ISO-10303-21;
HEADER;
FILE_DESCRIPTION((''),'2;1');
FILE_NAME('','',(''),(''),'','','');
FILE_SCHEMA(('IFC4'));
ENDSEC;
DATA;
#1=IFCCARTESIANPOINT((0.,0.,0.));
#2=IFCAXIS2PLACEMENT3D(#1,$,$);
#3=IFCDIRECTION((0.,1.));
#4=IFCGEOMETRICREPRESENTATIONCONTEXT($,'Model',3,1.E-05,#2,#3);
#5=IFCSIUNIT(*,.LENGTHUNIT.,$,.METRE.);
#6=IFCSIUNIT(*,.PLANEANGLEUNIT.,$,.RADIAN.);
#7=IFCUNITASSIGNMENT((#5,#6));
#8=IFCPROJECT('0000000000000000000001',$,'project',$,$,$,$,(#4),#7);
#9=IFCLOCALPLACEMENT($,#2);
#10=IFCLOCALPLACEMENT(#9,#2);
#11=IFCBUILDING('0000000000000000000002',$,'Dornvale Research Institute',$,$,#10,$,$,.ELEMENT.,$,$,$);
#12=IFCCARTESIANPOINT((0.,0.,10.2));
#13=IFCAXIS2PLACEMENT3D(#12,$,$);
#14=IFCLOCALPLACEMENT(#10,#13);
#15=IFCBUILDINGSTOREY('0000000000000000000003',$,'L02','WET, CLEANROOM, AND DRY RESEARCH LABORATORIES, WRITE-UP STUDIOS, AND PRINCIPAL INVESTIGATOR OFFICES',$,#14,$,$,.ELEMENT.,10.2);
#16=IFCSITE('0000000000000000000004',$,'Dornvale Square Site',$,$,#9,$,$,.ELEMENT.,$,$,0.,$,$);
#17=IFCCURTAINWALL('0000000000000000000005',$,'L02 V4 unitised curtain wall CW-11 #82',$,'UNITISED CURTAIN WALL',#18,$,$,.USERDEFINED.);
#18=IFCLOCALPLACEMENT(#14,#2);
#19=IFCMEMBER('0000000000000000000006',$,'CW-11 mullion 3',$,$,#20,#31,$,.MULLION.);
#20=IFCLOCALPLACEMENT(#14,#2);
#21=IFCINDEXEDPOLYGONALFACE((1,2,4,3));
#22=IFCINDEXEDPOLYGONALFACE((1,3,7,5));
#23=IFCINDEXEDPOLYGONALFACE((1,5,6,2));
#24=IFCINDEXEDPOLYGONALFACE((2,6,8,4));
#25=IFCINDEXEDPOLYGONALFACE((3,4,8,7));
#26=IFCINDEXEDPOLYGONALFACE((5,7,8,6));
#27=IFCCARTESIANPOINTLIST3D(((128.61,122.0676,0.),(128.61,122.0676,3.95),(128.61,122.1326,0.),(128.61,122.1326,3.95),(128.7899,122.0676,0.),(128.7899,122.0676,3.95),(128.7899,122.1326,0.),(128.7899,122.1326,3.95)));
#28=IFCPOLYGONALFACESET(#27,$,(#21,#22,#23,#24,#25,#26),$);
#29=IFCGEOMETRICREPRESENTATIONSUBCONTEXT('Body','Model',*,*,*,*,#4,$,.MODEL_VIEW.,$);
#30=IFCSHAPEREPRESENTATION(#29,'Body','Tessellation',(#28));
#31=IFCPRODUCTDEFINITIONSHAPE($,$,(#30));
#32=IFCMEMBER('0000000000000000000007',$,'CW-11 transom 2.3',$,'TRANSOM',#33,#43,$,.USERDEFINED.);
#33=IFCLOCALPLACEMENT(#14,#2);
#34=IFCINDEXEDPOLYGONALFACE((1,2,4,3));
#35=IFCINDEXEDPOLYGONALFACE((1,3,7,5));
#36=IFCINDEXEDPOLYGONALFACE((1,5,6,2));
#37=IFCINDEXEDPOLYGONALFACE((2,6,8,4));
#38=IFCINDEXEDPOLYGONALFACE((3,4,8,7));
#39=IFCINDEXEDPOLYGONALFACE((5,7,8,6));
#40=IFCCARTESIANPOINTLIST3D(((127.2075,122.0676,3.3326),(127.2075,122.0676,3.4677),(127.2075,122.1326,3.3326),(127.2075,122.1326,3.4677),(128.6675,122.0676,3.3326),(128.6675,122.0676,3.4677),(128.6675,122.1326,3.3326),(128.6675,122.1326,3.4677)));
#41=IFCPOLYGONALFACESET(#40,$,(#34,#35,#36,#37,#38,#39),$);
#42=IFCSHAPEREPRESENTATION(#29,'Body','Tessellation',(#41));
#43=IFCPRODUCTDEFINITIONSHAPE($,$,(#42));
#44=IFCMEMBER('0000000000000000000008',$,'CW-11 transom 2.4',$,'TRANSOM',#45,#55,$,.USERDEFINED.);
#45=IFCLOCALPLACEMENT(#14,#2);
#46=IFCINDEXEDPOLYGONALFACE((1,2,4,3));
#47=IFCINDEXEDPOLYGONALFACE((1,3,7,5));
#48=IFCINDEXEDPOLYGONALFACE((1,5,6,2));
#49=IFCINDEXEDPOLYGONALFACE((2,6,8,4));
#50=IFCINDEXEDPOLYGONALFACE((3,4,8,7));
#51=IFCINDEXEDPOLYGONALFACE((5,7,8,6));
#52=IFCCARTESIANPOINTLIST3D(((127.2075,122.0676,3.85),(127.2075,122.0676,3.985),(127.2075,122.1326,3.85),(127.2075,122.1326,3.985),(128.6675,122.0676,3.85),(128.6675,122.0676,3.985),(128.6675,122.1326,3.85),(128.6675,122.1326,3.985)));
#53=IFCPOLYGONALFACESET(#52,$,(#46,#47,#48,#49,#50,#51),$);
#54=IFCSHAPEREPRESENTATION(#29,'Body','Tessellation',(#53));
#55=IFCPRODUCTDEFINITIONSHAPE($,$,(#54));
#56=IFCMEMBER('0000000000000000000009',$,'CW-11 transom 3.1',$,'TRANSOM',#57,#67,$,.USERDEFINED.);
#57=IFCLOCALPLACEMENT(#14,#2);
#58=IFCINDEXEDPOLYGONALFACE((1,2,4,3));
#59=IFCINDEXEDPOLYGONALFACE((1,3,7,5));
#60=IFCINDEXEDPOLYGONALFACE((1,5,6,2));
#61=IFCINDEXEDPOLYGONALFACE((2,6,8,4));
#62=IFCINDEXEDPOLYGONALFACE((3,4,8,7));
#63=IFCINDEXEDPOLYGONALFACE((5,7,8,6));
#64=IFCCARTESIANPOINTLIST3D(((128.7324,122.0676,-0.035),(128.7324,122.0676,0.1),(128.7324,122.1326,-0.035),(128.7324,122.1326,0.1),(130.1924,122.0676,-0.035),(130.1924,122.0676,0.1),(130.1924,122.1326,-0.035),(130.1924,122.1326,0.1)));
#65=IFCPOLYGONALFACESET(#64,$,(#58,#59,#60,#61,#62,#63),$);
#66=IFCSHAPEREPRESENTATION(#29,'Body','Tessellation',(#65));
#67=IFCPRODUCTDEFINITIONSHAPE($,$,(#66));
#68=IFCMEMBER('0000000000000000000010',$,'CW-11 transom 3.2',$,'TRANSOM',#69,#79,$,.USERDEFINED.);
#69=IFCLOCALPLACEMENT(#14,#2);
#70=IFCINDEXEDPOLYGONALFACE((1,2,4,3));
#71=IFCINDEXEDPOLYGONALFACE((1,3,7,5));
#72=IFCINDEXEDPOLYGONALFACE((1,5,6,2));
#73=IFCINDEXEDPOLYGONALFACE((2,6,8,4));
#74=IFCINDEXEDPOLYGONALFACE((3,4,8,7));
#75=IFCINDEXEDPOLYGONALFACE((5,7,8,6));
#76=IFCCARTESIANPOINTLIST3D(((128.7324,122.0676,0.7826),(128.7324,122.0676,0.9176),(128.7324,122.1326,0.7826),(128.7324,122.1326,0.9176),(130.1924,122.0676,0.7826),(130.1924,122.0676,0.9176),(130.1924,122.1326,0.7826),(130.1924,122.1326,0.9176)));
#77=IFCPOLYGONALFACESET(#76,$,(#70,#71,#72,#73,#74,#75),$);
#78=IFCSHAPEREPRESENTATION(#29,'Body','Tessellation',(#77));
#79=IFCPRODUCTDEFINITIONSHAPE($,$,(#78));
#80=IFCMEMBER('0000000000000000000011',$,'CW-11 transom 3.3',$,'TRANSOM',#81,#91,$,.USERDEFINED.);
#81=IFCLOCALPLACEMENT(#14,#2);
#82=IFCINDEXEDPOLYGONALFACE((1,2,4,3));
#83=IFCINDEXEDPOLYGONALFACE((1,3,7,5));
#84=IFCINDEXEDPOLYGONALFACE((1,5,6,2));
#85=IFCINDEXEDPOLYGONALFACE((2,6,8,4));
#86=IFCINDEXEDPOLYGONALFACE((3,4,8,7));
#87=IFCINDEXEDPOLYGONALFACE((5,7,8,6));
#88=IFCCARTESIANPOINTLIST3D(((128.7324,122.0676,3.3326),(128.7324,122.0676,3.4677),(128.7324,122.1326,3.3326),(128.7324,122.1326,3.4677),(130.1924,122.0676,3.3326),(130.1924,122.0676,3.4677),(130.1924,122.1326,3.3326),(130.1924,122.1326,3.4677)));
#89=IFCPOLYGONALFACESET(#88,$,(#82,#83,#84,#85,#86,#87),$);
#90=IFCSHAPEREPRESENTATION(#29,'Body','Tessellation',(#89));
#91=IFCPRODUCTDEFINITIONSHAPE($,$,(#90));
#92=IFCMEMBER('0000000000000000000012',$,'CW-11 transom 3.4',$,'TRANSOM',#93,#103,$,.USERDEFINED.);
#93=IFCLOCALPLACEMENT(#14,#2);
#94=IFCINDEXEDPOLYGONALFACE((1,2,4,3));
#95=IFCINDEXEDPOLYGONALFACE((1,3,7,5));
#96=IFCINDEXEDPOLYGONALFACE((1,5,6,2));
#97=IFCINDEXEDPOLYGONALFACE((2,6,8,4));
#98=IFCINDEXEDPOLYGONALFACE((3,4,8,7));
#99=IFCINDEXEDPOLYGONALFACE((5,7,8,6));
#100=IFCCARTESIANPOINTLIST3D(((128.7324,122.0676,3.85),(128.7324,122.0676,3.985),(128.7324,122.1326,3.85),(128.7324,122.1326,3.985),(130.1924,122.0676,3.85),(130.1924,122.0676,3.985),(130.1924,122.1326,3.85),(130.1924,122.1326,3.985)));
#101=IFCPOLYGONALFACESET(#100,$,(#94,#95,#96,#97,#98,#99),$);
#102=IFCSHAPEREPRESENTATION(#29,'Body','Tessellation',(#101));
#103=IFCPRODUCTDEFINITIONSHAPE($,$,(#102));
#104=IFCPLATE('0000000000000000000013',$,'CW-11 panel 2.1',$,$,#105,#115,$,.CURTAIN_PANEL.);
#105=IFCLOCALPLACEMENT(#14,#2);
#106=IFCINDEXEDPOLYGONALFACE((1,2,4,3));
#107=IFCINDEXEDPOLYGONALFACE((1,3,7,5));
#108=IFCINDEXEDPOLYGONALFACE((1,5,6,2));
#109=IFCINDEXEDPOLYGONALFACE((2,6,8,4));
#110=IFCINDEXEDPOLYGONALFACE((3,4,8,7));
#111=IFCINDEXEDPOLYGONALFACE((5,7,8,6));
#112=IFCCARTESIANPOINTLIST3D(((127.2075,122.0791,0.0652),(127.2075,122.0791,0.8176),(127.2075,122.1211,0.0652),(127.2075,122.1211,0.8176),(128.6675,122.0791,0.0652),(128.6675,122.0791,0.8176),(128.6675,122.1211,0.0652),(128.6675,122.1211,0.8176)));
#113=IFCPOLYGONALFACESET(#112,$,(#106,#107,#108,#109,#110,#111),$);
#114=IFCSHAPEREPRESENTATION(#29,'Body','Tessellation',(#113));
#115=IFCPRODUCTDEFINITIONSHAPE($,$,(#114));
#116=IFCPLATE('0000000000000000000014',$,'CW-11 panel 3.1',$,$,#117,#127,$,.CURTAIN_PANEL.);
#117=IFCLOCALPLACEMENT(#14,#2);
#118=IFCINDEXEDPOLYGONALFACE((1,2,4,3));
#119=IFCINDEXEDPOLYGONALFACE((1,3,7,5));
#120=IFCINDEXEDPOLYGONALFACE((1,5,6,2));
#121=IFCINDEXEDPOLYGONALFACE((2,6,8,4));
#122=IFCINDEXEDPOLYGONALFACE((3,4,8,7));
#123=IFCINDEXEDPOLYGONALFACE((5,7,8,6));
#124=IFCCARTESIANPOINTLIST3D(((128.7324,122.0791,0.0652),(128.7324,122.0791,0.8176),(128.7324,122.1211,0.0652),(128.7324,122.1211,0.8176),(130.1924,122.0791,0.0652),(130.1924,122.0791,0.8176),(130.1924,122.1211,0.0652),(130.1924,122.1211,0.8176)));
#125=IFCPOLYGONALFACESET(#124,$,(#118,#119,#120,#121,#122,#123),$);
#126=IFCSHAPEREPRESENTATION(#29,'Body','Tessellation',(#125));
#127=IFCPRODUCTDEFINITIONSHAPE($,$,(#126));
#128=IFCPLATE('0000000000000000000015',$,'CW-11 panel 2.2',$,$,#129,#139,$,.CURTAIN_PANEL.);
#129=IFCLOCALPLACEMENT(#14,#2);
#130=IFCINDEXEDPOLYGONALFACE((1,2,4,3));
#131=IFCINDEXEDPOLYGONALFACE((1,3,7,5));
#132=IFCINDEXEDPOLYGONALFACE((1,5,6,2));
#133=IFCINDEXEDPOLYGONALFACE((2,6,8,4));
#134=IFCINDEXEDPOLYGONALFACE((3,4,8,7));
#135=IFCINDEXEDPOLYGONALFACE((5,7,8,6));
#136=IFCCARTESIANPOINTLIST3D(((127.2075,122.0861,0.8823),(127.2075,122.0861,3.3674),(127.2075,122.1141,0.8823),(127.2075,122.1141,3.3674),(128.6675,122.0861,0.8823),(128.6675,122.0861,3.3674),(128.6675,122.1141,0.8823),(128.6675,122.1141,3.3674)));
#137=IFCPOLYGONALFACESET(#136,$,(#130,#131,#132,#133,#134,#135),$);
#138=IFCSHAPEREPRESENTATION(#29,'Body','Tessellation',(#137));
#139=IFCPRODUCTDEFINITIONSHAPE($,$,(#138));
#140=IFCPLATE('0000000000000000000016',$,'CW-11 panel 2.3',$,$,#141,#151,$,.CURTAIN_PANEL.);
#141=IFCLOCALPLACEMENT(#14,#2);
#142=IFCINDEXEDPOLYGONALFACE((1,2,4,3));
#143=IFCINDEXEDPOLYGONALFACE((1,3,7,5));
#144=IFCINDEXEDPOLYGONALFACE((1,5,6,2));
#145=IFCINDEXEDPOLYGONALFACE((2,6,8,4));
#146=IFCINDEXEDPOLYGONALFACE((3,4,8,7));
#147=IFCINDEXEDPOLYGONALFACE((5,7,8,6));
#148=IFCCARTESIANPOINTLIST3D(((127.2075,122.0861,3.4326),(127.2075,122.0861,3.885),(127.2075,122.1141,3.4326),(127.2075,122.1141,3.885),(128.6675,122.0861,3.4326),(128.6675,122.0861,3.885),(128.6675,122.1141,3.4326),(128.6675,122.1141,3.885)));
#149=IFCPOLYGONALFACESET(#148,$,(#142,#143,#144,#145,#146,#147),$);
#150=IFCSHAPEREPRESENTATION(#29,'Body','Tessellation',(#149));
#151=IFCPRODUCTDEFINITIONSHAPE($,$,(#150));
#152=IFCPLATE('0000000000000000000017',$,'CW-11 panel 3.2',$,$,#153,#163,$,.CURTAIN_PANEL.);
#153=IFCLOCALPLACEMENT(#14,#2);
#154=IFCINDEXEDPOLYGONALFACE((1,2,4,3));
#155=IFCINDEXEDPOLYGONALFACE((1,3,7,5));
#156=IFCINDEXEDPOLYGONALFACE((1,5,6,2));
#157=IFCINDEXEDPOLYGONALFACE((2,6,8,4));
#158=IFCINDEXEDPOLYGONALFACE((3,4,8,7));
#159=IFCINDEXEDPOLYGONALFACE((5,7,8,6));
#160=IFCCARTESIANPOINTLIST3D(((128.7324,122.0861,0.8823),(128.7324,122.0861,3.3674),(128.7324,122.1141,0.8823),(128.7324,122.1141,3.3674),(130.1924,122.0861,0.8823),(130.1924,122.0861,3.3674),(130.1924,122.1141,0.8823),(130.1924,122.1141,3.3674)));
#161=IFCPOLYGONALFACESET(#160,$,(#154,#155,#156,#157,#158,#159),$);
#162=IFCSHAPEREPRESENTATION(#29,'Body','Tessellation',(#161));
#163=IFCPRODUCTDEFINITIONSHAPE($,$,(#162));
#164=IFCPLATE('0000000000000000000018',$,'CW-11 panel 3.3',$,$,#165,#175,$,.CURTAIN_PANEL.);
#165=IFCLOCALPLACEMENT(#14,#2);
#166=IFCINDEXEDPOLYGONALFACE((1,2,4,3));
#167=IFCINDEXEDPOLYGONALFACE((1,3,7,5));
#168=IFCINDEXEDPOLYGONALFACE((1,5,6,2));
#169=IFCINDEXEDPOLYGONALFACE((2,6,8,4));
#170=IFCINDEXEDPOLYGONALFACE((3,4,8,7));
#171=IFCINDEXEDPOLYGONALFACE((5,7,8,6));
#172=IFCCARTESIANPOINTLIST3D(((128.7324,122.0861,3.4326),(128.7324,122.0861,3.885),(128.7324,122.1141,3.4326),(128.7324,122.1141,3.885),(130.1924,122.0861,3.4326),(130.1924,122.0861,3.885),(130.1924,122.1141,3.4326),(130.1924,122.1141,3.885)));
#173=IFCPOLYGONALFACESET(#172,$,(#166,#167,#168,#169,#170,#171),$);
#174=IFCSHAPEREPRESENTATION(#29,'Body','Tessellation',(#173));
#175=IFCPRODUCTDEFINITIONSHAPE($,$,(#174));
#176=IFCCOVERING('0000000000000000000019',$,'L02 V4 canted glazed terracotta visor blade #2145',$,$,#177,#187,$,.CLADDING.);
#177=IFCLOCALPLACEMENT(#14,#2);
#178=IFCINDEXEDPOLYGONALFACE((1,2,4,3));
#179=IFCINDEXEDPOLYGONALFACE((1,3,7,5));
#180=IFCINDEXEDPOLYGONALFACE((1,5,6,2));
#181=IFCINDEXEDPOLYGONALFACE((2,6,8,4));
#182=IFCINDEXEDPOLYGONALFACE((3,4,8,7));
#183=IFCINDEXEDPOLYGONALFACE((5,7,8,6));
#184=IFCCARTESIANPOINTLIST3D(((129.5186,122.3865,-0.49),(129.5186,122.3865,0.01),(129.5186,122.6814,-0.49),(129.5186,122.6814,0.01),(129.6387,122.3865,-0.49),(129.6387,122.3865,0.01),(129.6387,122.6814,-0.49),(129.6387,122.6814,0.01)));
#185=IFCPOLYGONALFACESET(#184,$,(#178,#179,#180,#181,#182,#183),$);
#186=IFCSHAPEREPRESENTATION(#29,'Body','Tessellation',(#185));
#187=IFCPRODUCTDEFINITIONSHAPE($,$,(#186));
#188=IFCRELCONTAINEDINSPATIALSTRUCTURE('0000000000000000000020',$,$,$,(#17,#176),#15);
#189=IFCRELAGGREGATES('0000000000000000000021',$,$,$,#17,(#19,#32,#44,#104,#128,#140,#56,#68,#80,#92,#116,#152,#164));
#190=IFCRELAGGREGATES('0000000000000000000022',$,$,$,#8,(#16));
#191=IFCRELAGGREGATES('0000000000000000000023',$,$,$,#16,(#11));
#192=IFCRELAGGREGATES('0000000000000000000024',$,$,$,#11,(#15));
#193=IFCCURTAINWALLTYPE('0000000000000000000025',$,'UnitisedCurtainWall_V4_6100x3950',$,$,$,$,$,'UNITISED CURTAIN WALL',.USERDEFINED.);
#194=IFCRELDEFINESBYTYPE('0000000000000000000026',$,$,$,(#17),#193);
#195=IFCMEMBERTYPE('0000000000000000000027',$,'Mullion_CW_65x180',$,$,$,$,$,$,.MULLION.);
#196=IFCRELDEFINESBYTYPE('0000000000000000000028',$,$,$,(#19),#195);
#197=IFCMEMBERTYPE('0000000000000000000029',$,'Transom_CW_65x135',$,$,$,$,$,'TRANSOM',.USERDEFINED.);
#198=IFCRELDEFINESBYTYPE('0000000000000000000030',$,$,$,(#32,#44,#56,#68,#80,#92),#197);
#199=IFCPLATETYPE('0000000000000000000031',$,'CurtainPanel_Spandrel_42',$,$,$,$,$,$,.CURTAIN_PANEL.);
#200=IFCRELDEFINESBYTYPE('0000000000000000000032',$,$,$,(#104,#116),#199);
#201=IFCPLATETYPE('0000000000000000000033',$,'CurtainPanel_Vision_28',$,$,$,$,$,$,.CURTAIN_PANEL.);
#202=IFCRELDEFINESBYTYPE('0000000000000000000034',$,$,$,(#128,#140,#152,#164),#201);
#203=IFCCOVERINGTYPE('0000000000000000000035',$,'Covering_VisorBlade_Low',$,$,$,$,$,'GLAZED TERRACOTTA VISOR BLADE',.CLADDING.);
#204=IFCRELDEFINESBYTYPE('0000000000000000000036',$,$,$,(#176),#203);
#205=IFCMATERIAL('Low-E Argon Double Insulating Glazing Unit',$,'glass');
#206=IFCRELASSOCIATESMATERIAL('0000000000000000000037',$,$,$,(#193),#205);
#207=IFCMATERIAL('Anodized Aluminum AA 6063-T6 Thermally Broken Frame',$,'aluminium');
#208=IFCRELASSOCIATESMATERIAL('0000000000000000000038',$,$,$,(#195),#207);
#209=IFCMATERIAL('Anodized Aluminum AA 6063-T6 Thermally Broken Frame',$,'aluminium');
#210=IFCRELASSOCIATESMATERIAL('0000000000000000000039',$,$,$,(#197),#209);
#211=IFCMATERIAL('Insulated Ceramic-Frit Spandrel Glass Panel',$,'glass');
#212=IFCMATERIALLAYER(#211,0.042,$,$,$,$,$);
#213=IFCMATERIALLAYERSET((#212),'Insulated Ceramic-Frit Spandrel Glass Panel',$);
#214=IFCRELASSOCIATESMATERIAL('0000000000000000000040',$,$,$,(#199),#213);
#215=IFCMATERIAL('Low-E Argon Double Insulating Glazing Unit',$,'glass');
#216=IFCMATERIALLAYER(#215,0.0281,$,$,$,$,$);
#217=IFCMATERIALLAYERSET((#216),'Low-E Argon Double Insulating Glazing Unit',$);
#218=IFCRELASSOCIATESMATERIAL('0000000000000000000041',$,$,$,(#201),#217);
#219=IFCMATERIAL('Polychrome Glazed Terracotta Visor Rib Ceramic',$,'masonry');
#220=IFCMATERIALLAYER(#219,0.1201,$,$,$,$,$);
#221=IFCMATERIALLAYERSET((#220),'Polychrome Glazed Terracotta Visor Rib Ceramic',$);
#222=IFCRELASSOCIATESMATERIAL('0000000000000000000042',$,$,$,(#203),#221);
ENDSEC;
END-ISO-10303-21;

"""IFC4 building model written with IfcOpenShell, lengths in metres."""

from ifc_helpers import new_model, si_unit, direction, frame, origin, origin_2d, place, context, subcontext, project, spatial, rectangle, extrude, material, layer, layer_set, material_profile, profile_set, type_object, element, aggregate, save


model = new_model("IFC4")

# Units and contexts
model_context = context("Model", 3, precision=1e-05, world=origin(), true_north=direction((0.0, 1.0)))
body_context = subcontext(model_context, "Body", "Model", "MODEL_VIEW")
ifc_project = project(units=[si_unit("LENGTHUNIT", "METRE"), si_unit("PLANEANGLEUNIT", "RADIAN")], contexts=[model_context])

# Site, building, storey
site_placement = place(None, origin())
site = spatial("IfcSite", under=ifc_project, at=site_placement, Name="Dornvale Square Site", CompositionType="ELEMENT", RefElevation=0.0)
building_placement = place(site_placement, origin())
building = spatial("IfcBuilding", under=site, at=building_placement, Name="Dornvale Research Institute", CompositionType="ELEMENT")
storey_placement = place(building_placement, frame((0.0, 0.0, 10.2)))
storey = spatial("IfcBuildingStorey", under=building, at=storey_placement, Name="L02", Description="WET, CLEANROOM, AND DRY RESEARCH LABORATORIES, WRITE-UP STUDIOS, AND PRINCIPAL INVESTIGATOR OFFICES", CompositionType="ELEMENT", Elevation=10.2)

# Curtain wall, members, plates
ifc_material_1 = material(Name="Low-E Argon Double Insulating Glazing Unit", Category="glass")
curtain_wall_type = type_object("IfcCurtainWallType", Name="UnitisedCurtainWall_V4_6100x3950", ElementType="UNITISED CURTAIN WALL", PredefinedType="USERDEFINED", material=ifc_material_1)
curtain_wall_placement = place(storey_placement, origin())
curtain_wall = element("IfcCurtainWall", 1, at=curtain_wall_placement, inside=storey, type_object=curtain_wall_type, Name="L02 V4 unitised curtain wall CW-11 #82", ObjectType="UNITISED CURTAIN WALL", PredefinedType="USERDEFINED")
ifc_material_2 = material(Name="Anodized Aluminum AA 6063-T6 Thermally Broken Frame", Category="aluminium")
ifc_material_profile_1 = material_profile(ifc_material_2, rectangle(XDim=0.0649, YDim=0.1799, at=origin_2d()), Name="ALU MULLION 65x180")
ifc_profile_set_1 = profile_set([ifc_material_profile_1], Name="Anodized Aluminum AA 6063-T6 Thermally Broken Frame")
member_type_1 = type_object("IfcMemberType", Name="Mullion_CW_65x180", PredefinedType="MULLION", material=ifc_profile_set_1)
member_1_placement = place(storey_placement, frame((128.7, 122.1001, 0.0), z_axis=(0.0, 0.0, 1.0), x_axis=(0.0, 1.0, 0.0)))
member_1 = element("IfcMember", 2, at=member_1_placement, type_object=member_type_1, Name="CW-11 mullion 3", PredefinedType="MULLION", context=body_context, shape_type="SweptSolid", body=[
    extrude(rectangle(XDim=0.0649, YDim=0.1799, at=origin_2d()), origin(), (0.0, 0.0, 1.0), 3.95),
])
ifc_material_3 = material(Name="Anodized Aluminum AA 6063-T6 Thermally Broken Frame", Category="aluminium")
ifc_material_profile_2 = material_profile(ifc_material_3, rectangle(XDim=0.0649, YDim=0.135, at=origin_2d()), Name="ALU TRANSOM 65x135")
ifc_profile_set_2 = profile_set([ifc_material_profile_2], Name="Anodized Aluminum AA 6063-T6 Thermally Broken Frame")
member_type_2 = type_object("IfcMemberType", Name="Transom_CW_65x135", ElementType="TRANSOM", PredefinedType="USERDEFINED", material=ifc_profile_set_2)
member_2_placement = place(storey_placement, frame((127.2075, 122.1001, 3.4001), z_axis=(1.0, 0.0, 0.0), x_axis=(0.0, 1.0, 0.0)))
member_2 = element("IfcMember", 3, at=member_2_placement, type_object=member_type_2, Name="CW-11 transom 2.3", ObjectType="TRANSOM", PredefinedType="USERDEFINED", context=body_context, shape_type="SweptSolid", body=[
    extrude(rectangle(XDim=0.0649, YDim=0.135, at=origin_2d()), origin(), (0.0, 0.0, 1.0), 1.46),
])
member_3_placement = place(storey_placement, frame((127.2075, 122.1001, 3.9175), z_axis=(1.0, 0.0, 0.0), x_axis=(0.0, 1.0, 0.0)))
member_3 = element("IfcMember", 4, at=member_3_placement, type_object=member_type_2, Name="CW-11 transom 2.4", ObjectType="TRANSOM", PredefinedType="USERDEFINED", context=body_context, shape_type="SweptSolid", body=[
    extrude(rectangle(XDim=0.0649, YDim=0.135, at=origin_2d()), origin(), (0.0, 0.0, 1.0), 1.46),
])
member_4_placement = place(storey_placement, frame((128.7324, 122.1001, 0.0325), z_axis=(1.0, 0.0, 0.0), x_axis=(0.0, 1.0, 0.0)))
member_4 = element("IfcMember", 5, at=member_4_placement, type_object=member_type_2, Name="CW-11 transom 3.1", ObjectType="TRANSOM", PredefinedType="USERDEFINED", context=body_context, shape_type="SweptSolid", body=[
    extrude(rectangle(XDim=0.0649, YDim=0.135, at=origin_2d()), origin(), (0.0, 0.0, 1.0), 1.46),
])
member_5_placement = place(storey_placement, frame((128.7324, 122.1001, 0.8501), z_axis=(1.0, 0.0, 0.0), x_axis=(0.0, 1.0, 0.0)))
member_5 = element("IfcMember", 6, at=member_5_placement, type_object=member_type_2, Name="CW-11 transom 3.2", ObjectType="TRANSOM", PredefinedType="USERDEFINED", context=body_context, shape_type="SweptSolid", body=[
    extrude(rectangle(XDim=0.0649, YDim=0.135, at=origin_2d()), origin(), (0.0, 0.0, 1.0), 1.46),
])
member_6_placement = place(storey_placement, frame((128.7324, 122.1001, 3.4001), z_axis=(1.0, 0.0, 0.0), x_axis=(0.0, 1.0, 0.0)))
member_6 = element("IfcMember", 7, at=member_6_placement, type_object=member_type_2, Name="CW-11 transom 3.3", ObjectType="TRANSOM", PredefinedType="USERDEFINED", context=body_context, shape_type="SweptSolid", body=[
    extrude(rectangle(XDim=0.0649, YDim=0.135, at=origin_2d()), origin(), (0.0, 0.0, 1.0), 1.46),
])
member_7_placement = place(storey_placement, frame((128.7324, 122.1001, 3.9175), z_axis=(1.0, 0.0, 0.0), x_axis=(0.0, 1.0, 0.0)))
member_7 = element("IfcMember", 8, at=member_7_placement, type_object=member_type_2, Name="CW-11 transom 3.4", ObjectType="TRANSOM", PredefinedType="USERDEFINED", context=body_context, shape_type="SweptSolid", body=[
    extrude(rectangle(XDim=0.0649, YDim=0.135, at=origin_2d()), origin(), (0.0, 0.0, 1.0), 1.46),
])
ifc_material_4 = material(Name="Insulated Ceramic-Frit Spandrel Glass Panel", Category="glass")
ifc_layer_1 = layer(ifc_material_4, 0.042)
ifc_layer_set_1 = layer_set([ifc_layer_1], Name="Insulated Ceramic-Frit Spandrel Glass Panel")
plate_type_1 = type_object("IfcPlateType", Name="CurtainPanel_Spandrel_42", PredefinedType="CURTAIN_PANEL", material=ifc_layer_set_1)
plate_1_placement = place(storey_placement, frame((127.9375, 122.1001, 0.0652), z_axis=(0.0, 0.0, 1.0), x_axis=(1.0, 0.0, 0.0)))
plate_1 = element("IfcPlate", 9, at=plate_1_placement, type_object=plate_type_1, Name="CW-11 panel 2.1", PredefinedType="CURTAIN_PANEL", context=body_context, shape_type="SweptSolid", body=[
    extrude(rectangle(XDim=1.46, YDim=0.042, at=origin_2d()), origin(), (0.0, 0.0, 1.0), 0.7524),
])
plate_2_placement = place(storey_placement, frame((129.4624, 122.1001, 0.0652), z_axis=(0.0, 0.0, 1.0), x_axis=(1.0, 0.0, 0.0)))
plate_2 = element("IfcPlate", 10, at=plate_2_placement, type_object=plate_type_1, Name="CW-11 panel 3.1", PredefinedType="CURTAIN_PANEL", context=body_context, shape_type="SweptSolid", body=[
    extrude(rectangle(XDim=1.46, YDim=0.042, at=origin_2d()), origin(), (0.0, 0.0, 1.0), 0.7524),
])
ifc_material_5 = material(Name="Low-E Argon Double Insulating Glazing Unit", Category="glass")
ifc_layer_2 = layer(ifc_material_5, 0.0281)
ifc_layer_set_2 = layer_set([ifc_layer_2], Name="Low-E Argon Double Insulating Glazing Unit")
plate_type_2 = type_object("IfcPlateType", Name="CurtainPanel_Vision_28", PredefinedType="CURTAIN_PANEL", material=ifc_layer_set_2)
plate_3_placement = place(storey_placement, frame((127.9375, 122.1001, 0.8823), z_axis=(0.0, 0.0, 1.0), x_axis=(1.0, 0.0, 0.0)))
plate_3 = element("IfcPlate", 11, at=plate_3_placement, type_object=plate_type_2, Name="CW-11 panel 2.2", PredefinedType="CURTAIN_PANEL", context=body_context, shape_type="SweptSolid", body=[
    extrude(rectangle(XDim=1.46, YDim=0.0281, at=origin_2d()), origin(), (0.0, 0.0, 1.0), 2.4851),
])
plate_4_placement = place(storey_placement, frame((127.9375, 122.1001, 3.4326), z_axis=(0.0, 0.0, 1.0), x_axis=(1.0, 0.0, 0.0)))
plate_4 = element("IfcPlate", 12, at=plate_4_placement, type_object=plate_type_2, Name="CW-11 panel 2.3", PredefinedType="CURTAIN_PANEL", context=body_context, shape_type="SweptSolid", body=[
    extrude(rectangle(XDim=1.46, YDim=0.0281, at=origin_2d()), origin(), (0.0, 0.0, 1.0), 0.4524),
])
plate_5_placement = place(storey_placement, frame((129.4624, 122.1001, 0.8823), z_axis=(0.0, 0.0, 1.0), x_axis=(1.0, 0.0, 0.0)))
plate_5 = element("IfcPlate", 13, at=plate_5_placement, type_object=plate_type_2, Name="CW-11 panel 3.2", PredefinedType="CURTAIN_PANEL", context=body_context, shape_type="SweptSolid", body=[
    extrude(rectangle(XDim=1.46, YDim=0.0281, at=origin_2d()), origin(), (0.0, 0.0, 1.0), 2.4851),
])
plate_6_placement = place(storey_placement, frame((129.4624, 122.1001, 3.4326), z_axis=(0.0, 0.0, 1.0), x_axis=(1.0, 0.0, 0.0)))
plate_6 = element("IfcPlate", 14, at=plate_6_placement, type_object=plate_type_2, Name="CW-11 panel 3.3", PredefinedType="CURTAIN_PANEL", context=body_context, shape_type="SweptSolid", body=[
    extrude(rectangle(XDim=1.46, YDim=0.0281, at=origin_2d()), origin(), (0.0, 0.0, 1.0), 0.4524),
])
aggregate(curtain_wall, [member_1, member_2, member_3, plate_1, plate_3, plate_4, member_4, member_5, member_6, member_7, plate_2, plate_5, plate_6])

# Covering
ifc_material_6 = material(Name="Polychrome Glazed Terracotta Visor Rib Ceramic", Category="masonry")
ifc_layer_3 = layer(ifc_material_6, 0.1201)
ifc_layer_set_3 = layer_set([ifc_layer_3], Name="Polychrome Glazed Terracotta Visor Rib Ceramic")
covering_type = type_object("IfcCoveringType", Name="Covering_VisorBlade_Low", ElementType="GLAZED TERRACOTTA VISOR BLADE", PredefinedType="CLADDING", material=ifc_layer_set_3)
covering_1_placement = place(storey_placement, frame((129.5786, 122.5339, -0.49), z_axis=(0.0, 0.0, 1.0), x_axis=(0.0, 1.0, 0.0)))
element("IfcCovering", 15, at=covering_1_placement, inside=storey, type_object=covering_type, Name="L02 V4 canted glazed terracotta visor blade #2145", PredefinedType="CLADDING", context=body_context, shape_type="SweptSolid", body=[
    extrude(rectangle(XDim=0.2949, YDim=0.1201, at=origin_2d()), origin(), (0.0, 0.0, 1.0), 0.5),
])

save(model, "model.ifc")
